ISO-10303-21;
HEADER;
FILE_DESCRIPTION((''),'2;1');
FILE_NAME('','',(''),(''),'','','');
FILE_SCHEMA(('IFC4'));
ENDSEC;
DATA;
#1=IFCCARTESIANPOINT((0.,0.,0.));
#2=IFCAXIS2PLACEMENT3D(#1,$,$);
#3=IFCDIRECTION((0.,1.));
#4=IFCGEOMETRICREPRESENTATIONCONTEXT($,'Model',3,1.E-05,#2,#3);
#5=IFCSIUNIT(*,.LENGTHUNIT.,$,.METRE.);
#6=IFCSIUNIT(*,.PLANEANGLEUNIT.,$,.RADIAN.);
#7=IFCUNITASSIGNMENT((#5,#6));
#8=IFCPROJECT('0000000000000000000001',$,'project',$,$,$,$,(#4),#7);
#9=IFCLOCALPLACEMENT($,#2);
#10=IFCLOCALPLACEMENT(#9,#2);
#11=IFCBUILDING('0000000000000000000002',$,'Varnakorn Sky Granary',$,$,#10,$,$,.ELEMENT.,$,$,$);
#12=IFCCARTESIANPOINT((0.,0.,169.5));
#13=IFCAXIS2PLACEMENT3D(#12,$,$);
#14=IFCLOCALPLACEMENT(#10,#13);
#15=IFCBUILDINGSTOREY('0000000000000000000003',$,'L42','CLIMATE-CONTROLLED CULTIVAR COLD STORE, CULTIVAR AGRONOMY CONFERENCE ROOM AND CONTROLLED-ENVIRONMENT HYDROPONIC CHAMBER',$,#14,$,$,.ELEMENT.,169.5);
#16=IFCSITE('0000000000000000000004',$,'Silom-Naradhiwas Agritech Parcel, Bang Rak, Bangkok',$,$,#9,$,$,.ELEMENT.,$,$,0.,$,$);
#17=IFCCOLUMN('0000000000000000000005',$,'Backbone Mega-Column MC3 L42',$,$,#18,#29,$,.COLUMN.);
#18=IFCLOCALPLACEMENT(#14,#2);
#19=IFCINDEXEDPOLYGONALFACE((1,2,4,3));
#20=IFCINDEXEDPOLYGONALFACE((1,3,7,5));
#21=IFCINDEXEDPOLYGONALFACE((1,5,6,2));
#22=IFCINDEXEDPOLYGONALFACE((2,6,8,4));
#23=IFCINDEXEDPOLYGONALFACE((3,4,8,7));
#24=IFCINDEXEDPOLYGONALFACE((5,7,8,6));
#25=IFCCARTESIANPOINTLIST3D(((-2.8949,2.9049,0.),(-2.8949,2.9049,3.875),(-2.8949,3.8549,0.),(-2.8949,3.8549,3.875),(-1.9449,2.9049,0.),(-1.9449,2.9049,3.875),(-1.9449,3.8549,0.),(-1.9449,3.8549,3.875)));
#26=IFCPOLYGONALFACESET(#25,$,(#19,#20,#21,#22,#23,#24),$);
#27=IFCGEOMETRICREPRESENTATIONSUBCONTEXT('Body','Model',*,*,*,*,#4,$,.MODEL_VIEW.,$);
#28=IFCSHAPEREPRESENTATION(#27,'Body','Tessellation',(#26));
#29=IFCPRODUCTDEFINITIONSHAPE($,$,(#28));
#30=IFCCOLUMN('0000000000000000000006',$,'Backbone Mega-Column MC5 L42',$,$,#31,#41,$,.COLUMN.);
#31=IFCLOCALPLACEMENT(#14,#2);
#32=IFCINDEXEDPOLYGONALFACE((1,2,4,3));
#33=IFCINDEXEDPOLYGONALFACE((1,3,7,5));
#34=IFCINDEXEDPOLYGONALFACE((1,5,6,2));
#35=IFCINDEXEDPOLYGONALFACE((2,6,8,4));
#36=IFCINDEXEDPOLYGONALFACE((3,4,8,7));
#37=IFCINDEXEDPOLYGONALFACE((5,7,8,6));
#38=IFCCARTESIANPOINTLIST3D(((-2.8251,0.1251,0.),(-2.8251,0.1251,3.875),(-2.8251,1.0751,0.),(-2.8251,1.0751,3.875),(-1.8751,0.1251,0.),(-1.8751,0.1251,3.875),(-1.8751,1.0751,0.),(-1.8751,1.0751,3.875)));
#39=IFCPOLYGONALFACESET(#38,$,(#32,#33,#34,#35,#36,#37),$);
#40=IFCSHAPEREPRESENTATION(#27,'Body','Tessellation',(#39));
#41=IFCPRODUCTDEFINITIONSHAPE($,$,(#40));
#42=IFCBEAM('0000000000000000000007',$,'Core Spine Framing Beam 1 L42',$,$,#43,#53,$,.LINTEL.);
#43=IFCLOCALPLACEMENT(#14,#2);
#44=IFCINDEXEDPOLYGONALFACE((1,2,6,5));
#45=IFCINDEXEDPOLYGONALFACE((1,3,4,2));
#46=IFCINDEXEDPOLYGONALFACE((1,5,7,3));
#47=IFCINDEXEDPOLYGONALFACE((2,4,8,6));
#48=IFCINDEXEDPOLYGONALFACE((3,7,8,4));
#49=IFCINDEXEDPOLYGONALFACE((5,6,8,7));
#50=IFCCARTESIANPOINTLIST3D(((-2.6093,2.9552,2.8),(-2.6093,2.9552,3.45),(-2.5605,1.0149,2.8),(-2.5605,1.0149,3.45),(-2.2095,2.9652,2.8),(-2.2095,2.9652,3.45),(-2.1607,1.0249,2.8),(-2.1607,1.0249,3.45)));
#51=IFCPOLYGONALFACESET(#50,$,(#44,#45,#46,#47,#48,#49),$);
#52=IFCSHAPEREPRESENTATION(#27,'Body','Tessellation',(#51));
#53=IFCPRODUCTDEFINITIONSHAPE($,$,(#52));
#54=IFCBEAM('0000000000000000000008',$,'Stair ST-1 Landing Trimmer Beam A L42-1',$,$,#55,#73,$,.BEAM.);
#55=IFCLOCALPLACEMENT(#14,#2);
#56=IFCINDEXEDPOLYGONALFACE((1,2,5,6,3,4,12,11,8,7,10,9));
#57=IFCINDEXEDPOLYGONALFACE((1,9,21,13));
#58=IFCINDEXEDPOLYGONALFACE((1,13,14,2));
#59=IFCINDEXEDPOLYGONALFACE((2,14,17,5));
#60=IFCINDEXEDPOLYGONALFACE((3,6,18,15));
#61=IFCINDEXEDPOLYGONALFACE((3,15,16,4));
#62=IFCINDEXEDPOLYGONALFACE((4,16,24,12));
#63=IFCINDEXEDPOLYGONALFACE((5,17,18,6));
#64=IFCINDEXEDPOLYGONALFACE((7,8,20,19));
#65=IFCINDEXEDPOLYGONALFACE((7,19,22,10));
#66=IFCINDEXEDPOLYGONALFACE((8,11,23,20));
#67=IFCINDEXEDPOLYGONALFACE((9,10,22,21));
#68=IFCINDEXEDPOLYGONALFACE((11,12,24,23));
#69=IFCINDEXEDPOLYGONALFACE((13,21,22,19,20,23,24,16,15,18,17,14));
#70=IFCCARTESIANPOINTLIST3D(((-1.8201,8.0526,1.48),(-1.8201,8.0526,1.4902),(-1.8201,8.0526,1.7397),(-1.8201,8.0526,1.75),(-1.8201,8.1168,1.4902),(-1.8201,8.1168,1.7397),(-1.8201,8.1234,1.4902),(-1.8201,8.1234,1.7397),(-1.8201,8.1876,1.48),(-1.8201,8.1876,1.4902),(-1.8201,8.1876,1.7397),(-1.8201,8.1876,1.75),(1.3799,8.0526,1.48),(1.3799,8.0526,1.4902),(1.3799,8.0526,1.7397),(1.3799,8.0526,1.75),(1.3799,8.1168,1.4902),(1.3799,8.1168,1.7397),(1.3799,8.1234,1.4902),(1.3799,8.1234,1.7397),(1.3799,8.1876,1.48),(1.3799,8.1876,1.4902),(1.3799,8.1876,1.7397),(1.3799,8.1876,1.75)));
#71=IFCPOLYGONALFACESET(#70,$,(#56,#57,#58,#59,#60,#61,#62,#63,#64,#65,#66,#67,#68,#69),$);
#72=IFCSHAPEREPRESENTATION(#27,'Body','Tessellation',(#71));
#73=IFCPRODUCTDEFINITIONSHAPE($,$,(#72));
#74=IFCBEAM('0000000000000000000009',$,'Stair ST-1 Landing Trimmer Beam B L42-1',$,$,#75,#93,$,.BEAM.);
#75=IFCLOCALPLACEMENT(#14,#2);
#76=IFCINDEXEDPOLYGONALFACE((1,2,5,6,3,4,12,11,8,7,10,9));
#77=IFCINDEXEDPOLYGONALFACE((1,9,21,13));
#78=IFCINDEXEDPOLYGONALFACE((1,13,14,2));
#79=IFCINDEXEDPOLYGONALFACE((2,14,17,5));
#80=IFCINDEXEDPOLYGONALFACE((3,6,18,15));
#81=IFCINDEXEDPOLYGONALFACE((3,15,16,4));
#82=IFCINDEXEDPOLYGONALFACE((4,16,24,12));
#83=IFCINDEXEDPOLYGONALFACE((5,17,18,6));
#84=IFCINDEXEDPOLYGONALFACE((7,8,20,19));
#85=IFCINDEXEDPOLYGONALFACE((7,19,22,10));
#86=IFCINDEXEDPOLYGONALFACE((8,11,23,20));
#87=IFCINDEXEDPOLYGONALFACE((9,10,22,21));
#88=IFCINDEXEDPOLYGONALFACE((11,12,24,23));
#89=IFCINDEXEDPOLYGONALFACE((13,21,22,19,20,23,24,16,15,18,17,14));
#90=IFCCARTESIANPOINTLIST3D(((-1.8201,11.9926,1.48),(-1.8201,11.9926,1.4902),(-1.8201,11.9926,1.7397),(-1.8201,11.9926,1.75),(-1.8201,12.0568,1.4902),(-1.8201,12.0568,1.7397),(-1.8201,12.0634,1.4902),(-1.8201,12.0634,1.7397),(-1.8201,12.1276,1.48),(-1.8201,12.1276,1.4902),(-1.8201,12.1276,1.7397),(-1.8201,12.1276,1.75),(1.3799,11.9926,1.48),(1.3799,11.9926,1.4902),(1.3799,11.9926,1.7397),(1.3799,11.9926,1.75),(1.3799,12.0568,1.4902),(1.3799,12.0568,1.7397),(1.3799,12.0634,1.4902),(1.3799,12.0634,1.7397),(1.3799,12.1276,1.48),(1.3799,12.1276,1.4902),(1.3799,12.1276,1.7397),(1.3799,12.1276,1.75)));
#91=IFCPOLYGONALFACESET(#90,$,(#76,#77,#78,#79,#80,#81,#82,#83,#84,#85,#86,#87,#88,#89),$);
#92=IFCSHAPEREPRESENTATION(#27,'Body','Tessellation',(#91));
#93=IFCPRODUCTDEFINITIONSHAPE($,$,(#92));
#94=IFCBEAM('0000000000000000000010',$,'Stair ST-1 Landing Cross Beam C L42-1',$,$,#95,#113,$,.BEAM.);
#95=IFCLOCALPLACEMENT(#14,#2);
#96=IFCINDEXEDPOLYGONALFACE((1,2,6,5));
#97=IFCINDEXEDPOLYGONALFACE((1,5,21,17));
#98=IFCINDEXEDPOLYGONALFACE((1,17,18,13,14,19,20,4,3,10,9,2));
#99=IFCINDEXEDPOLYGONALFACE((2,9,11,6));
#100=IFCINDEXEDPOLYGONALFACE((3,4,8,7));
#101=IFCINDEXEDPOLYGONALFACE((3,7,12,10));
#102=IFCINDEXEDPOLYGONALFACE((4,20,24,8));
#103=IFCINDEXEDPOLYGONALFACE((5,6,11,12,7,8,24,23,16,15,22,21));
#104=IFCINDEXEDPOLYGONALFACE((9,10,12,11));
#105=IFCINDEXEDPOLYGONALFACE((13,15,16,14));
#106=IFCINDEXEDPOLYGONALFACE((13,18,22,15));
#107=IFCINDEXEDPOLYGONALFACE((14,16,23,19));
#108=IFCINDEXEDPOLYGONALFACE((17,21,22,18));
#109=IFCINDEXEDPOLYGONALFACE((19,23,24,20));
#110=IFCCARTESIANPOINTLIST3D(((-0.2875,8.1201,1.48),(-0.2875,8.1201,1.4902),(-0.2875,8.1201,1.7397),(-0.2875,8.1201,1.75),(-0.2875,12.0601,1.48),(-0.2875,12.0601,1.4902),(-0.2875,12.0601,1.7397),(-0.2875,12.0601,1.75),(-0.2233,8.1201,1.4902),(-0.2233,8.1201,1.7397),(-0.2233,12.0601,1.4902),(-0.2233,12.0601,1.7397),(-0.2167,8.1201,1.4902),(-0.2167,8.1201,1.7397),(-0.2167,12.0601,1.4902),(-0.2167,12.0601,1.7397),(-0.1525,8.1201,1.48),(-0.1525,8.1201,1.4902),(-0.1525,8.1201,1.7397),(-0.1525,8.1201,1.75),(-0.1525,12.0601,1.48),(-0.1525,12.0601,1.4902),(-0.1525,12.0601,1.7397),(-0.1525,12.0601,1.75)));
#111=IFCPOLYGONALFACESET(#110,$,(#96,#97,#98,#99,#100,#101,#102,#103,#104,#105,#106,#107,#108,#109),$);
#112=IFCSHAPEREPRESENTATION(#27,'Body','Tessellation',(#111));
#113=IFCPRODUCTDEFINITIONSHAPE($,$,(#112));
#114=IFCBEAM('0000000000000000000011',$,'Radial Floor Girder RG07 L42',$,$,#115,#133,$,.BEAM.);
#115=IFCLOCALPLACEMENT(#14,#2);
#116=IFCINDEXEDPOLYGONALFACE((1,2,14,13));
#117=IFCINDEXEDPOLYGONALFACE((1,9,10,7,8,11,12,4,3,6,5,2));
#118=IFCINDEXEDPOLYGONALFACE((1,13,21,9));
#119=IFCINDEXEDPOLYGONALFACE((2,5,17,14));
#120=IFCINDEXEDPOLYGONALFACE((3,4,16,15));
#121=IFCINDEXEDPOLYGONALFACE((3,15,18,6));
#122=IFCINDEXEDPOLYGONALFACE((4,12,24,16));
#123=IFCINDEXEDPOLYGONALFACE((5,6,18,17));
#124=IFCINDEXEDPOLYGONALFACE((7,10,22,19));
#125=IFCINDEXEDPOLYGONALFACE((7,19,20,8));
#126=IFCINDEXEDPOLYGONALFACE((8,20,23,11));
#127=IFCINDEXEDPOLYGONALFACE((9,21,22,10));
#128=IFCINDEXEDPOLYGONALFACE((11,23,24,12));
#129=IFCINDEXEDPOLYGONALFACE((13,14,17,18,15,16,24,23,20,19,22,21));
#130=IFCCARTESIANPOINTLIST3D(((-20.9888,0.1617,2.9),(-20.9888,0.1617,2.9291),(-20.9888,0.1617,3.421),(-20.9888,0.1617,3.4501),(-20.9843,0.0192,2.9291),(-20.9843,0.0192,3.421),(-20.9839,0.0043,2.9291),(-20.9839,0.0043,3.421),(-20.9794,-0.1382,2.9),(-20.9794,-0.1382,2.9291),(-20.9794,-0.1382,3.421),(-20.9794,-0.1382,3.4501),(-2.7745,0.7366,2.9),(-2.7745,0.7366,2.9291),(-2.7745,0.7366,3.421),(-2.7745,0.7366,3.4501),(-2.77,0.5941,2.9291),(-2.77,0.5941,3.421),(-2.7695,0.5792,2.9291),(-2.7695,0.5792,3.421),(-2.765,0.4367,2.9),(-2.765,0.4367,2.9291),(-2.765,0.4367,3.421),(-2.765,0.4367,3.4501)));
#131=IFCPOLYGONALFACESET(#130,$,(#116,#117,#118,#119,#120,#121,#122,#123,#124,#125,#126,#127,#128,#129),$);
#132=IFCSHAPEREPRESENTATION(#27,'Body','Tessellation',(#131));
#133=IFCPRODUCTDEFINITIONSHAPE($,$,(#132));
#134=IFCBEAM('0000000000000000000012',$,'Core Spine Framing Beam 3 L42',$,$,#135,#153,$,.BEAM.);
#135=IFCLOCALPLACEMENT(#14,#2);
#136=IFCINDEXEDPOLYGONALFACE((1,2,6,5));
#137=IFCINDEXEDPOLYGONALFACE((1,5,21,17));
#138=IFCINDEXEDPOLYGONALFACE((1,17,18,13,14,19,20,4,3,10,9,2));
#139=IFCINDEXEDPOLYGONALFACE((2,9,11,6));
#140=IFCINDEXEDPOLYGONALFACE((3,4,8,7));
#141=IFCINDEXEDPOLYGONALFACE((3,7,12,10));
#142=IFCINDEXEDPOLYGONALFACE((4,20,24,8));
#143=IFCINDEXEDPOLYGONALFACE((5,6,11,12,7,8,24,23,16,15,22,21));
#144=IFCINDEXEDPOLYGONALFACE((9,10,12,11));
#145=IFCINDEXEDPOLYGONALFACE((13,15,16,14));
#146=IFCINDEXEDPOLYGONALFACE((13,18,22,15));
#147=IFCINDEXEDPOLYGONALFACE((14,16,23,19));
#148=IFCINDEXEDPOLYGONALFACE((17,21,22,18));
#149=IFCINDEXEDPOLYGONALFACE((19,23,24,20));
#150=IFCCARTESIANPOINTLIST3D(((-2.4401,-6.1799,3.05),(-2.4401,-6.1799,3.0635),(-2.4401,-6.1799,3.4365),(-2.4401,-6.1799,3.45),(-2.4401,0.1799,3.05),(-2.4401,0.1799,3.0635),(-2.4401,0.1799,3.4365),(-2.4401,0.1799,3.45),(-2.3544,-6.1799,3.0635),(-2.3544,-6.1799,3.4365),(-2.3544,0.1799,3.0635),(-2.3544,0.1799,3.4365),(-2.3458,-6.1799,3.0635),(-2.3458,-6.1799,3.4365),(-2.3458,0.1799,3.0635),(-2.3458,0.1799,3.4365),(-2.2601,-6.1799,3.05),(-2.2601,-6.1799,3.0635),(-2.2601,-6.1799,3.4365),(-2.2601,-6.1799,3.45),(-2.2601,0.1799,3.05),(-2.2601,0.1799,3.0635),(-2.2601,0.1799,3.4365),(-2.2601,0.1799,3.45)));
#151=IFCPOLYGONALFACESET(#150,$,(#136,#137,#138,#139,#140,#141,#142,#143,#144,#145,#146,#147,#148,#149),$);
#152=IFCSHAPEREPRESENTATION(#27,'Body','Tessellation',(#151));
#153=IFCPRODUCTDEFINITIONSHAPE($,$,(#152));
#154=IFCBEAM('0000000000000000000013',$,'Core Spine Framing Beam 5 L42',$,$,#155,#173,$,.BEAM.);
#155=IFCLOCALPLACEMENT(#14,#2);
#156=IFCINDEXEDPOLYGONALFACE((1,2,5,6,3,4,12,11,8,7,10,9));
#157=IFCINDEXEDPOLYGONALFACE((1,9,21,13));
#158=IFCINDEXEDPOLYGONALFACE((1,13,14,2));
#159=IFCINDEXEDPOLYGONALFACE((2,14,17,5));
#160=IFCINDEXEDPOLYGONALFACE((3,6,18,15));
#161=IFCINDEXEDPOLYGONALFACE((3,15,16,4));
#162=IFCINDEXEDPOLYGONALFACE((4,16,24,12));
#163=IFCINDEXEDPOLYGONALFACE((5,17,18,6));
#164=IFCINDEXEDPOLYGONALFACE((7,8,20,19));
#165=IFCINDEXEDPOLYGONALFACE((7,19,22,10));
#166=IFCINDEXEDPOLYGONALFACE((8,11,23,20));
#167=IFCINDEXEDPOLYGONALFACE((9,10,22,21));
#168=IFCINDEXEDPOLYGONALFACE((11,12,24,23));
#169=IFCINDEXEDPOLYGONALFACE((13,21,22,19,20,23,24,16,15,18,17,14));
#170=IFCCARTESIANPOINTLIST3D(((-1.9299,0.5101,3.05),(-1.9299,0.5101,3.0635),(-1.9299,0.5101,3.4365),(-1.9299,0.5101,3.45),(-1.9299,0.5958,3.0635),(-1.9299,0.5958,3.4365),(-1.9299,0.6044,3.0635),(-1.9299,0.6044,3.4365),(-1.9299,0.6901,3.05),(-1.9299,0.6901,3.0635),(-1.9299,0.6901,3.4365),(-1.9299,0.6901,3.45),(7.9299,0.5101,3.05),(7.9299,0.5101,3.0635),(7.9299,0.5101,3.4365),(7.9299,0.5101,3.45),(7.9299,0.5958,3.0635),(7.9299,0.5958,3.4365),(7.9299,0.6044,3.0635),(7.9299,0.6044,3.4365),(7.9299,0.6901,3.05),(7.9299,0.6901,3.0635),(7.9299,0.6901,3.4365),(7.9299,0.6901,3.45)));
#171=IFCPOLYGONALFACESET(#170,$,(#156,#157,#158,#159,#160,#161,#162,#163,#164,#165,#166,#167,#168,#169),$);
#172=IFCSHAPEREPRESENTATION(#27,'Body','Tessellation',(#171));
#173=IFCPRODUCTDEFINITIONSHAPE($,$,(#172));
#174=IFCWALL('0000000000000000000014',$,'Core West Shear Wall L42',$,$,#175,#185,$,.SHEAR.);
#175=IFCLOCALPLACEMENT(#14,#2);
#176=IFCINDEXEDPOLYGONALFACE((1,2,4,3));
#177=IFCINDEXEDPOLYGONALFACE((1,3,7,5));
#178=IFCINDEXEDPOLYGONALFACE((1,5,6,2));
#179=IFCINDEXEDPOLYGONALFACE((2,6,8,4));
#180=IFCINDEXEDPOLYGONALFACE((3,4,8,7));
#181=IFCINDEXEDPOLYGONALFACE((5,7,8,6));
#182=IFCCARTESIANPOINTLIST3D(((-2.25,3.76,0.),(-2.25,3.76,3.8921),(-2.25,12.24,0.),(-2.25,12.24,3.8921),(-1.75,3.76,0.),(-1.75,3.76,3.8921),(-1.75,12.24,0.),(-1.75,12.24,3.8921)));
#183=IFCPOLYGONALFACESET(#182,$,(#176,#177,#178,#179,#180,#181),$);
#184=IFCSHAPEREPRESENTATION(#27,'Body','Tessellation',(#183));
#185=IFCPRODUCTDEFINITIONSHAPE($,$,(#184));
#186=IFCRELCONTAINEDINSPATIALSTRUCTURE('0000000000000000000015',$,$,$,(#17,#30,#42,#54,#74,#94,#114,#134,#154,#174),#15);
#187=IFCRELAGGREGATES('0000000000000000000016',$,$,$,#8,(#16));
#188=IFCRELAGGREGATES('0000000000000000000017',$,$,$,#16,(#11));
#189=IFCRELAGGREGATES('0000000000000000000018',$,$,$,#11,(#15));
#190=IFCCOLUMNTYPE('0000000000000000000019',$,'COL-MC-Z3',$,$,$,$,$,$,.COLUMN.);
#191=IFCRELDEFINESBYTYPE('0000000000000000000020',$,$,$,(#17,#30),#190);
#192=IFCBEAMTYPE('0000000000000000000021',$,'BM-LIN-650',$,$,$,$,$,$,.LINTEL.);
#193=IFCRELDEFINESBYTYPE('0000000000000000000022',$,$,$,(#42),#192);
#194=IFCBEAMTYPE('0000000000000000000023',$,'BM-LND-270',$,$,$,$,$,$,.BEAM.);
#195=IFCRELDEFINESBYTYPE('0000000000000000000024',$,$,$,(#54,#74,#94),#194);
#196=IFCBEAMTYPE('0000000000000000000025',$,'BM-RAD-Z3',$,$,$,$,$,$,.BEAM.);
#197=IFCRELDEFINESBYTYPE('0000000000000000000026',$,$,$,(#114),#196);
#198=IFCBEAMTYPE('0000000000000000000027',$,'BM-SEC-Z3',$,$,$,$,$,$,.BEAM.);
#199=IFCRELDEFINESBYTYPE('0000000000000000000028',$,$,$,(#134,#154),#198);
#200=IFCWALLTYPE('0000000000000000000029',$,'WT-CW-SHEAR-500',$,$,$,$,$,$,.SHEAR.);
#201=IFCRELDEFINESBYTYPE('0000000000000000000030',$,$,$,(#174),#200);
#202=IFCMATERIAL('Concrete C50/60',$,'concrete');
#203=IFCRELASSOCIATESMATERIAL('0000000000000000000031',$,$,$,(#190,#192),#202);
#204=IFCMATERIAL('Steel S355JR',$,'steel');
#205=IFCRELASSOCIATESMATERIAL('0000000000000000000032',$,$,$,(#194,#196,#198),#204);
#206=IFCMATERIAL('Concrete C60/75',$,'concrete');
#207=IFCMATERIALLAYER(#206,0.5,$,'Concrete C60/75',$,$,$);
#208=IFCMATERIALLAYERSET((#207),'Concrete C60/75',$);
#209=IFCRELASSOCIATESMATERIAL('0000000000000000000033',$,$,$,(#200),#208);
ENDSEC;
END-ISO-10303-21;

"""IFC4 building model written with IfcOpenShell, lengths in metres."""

from ifc_helpers import new_model, si_unit, direction, frame, frame_2d, origin, origin_2d, place, context, subcontext, project, spatial, rectangle, i_section, extrude, material, layer, layer_set, material_profile, profile_set, type_object, element, save


model = new_model("IFC4")

# Units and contexts
model_context = context("Model", 3, precision=1e-05, world=origin(), true_north=direction((0.0, 1.0)))
body_context = subcontext(model_context, "Body", "Model", "MODEL_VIEW")
ifc_project = project(units=[si_unit("LENGTHUNIT", "METRE"), si_unit("PLANEANGLEUNIT", "RADIAN")], contexts=[model_context])

# Site, building, storey
site_placement = place(None, origin())
site = spatial("IfcSite", under=ifc_project, at=site_placement, Name="Silom-Naradhiwas Agritech Parcel, Bang Rak, Bangkok", CompositionType="ELEMENT", RefElevation=0.0)
building_placement = place(site_placement, origin())
building = spatial("IfcBuilding", under=site, at=building_placement, Name="Varnakorn Sky Granary", CompositionType="ELEMENT")
storey_placement = place(building_placement, frame((0.0, 0.0, 169.5)))
storey = spatial("IfcBuildingStorey", under=building, at=storey_placement, Name="L42", Description="CLIMATE-CONTROLLED CULTIVAR COLD STORE, CULTIVAR AGRONOMY CONFERENCE ROOM AND CONTROLLED-ENVIRONMENT HYDROPONIC CHAMBER", CompositionType="ELEMENT", Elevation=169.5)

# Columns
ifc_material_1 = material(Name="Concrete C50/60", Category="concrete")
ifc_material_profile_1 = material_profile(ifc_material_1, rectangle(XDim=0.95, YDim=0.95, at=origin_2d()), Name="RC 950x950")
ifc_profile_set_1 = profile_set([ifc_material_profile_1], Name="Concrete C50/60")
column_type = type_object("IfcColumnType", Name="COL-MC-Z3", PredefinedType="COLUMN", material=ifc_profile_set_1)
for number, where, z_axis, x_axis, name in (
    (1, (-2.4199, 3.3799, 0.0), (0.0, 0.0, 1.0), (1.0, 0.0, 0.0), "Backbone Mega-Column MC3 L42"),
    (2, (-2.3501, 0.6001, 0.0), (0.0, 0.0, 1.0), (1.0, 0.0, 0.0), "Backbone Mega-Column MC5 L42"),
):
    element("IfcColumn", number, at=place(storey_placement, frame(where, z_axis=z_axis, x_axis=x_axis)), inside=storey, type_object=column_type, Name=name, PredefinedType="COLUMN", context=body_context, shape_type="SweptSolid", body=[
        extrude(rectangle(XDim=0.95, YDim=0.95, at=origin_2d()), origin(), (0.0, 0.0, 1.0), 3.875),
    ])

# Beams
ifc_material_profile_2 = material_profile(ifc_material_1, rectangle(XDim=0.3999, YDim=0.6499, at=origin_2d()), Name="RC 400x650")
ifc_profile_set_2 = profile_set([ifc_material_profile_2], Name="Concrete C50/60")
beam_type_1 = type_object("IfcBeamType", Name="BM-LIN-650", PredefinedType="LINTEL", material=ifc_profile_set_2)
beam_1_placement = place(storey_placement, frame((-2.4094, 2.9602, 3.125), z_axis=(0.025159, -0.999683, 0.0), x_axis=(0.999683, 0.025159, 0.0)))
element("IfcBeam", 3, at=beam_1_placement, inside=storey, type_object=beam_type_1, Name="Core Spine Framing Beam 1 L42", PredefinedType="LINTEL", context=body_context, shape_type="SweptSolid", body=[
    extrude(rectangle(XDim=0.3999, YDim=0.6499, at=origin_2d()), origin(), (0.0, 0.0, 1.0), 1.9409),
])
ifc_material_2 = material(Name="Steel S355JR", Category="steel")
ifc_material_profile_3 = material_profile(ifc_material_2, i_section(OverallWidth=0.135, OverallDepth=0.27, WebThickness=0.0066, FlangeThickness=0.0103, at=origin_2d()), Name="IPE 270")
ifc_profile_set_3 = profile_set([ifc_material_profile_3], Name="Steel S355JR")
beam_type_2 = type_object("IfcBeamType", Name="BM-LND-270", PredefinedType="BEAM", material=ifc_profile_set_3)
for number, where, z_axis, x_axis, name in (
    (4, (-1.8201, 8.1201, 1.615), (1.0, 0.0, 0.0), (0.0, 1.0, 0.0), "Stair ST-1 Landing Trimmer Beam A L42-1"),
    (5, (-1.8201, 12.0601, 1.615), (1.0, 0.0, 0.0), (0.0, 1.0, 0.0), "Stair ST-1 Landing Trimmer Beam B L42-1"),
):
    element("IfcBeam", number, at=place(storey_placement, frame(where, z_axis=z_axis, x_axis=x_axis)), inside=storey, type_object=beam_type_2, Name=name, PredefinedType="BEAM", context=body_context, shape_type="SweptSolid", body=[
        extrude(i_section(OverallWidth=0.135, OverallDepth=0.27, WebThickness=0.0066, FlangeThickness=0.0103, at=origin_2d()), origin(), (0.0, 0.0, 1.0), 3.2),
    ])
beam_2_placement = place(storey_placement, frame((-0.22, 8.1201, 1.615), z_axis=(0.0, 1.0, 0.0), x_axis=(-1.0, 0.0, 0.0)))
element("IfcBeam", 6, at=beam_2_placement, inside=storey, type_object=beam_type_2, Name="Stair ST-1 Landing Cross Beam C L42-1", PredefinedType="BEAM", context=body_context, shape_type="SweptSolid", body=[
    extrude(i_section(OverallWidth=0.135, OverallDepth=0.27, WebThickness=0.0066, FlangeThickness=0.0103, at=origin_2d()), origin(), (0.0, 0.0, 1.0), 3.9399),
])
ifc_material_profile_4 = material_profile(ifc_material_2, i_section(OverallWidth=0.3, OverallDepth=0.55, WebThickness=0.0149, FlangeThickness=0.0291, at=origin_2d()), Name="HE 550 B")
ifc_profile_set_4 = profile_set([ifc_material_profile_4], Name="Steel S355JR")
beam_type_3 = type_object("IfcBeamType", Name="BM-RAD-Z3", PredefinedType="BEAM", material=ifc_profile_set_4)
beam_3_placement = place(storey_placement, frame((-2.7698, 0.5867, 3.175), z_axis=(-0.999502, -0.03155, 0.0), x_axis=(0.03155, -0.999502, 0.0)))
element("IfcBeam", 7, at=beam_3_placement, inside=storey, type_object=beam_type_3, Name="Radial Floor Girder RG07 L42", PredefinedType="BEAM", context=body_context, shape_type="SweptSolid", body=[
    extrude(i_section(OverallWidth=0.3, OverallDepth=0.55, WebThickness=0.0149, FlangeThickness=0.0291, at=origin_2d()), origin(), (0.0, 0.0, 1.0), 18.2234),
])
ifc_material_profile_5 = material_profile(ifc_material_2, i_section(OverallWidth=0.1799, OverallDepth=0.3999, WebThickness=0.0085, FlangeThickness=0.0134, at=origin_2d()), Name="IPE 400")
ifc_profile_set_5 = profile_set([ifc_material_profile_5], Name="Steel S355JR")
beam_type_4 = type_object("IfcBeamType", Name="BM-SEC-Z3", PredefinedType="BEAM", material=ifc_profile_set_5)
beam_4_placement = place(storey_placement, frame((-2.3501, 0.1799, 3.25), z_axis=(0.0, -1.0, 0.0), x_axis=(1.0, 0.0, 0.0)))
element("IfcBeam", 8, at=beam_4_placement, inside=storey, type_object=beam_type_4, Name="Core Spine Framing Beam 3 L42", PredefinedType="BEAM", context=body_context, shape_type="SweptSolid", body=[
    extrude(i_section(OverallWidth=0.1799, OverallDepth=0.3999, WebThickness=0.0085, FlangeThickness=0.0134, at=origin_2d()), origin(), (0.0, 0.0, 1.0), 6.3599),
])
beam_5_placement = place(storey_placement, frame((-1.9299, 0.6001, 3.25), z_axis=(1.0, 0.0, 0.0), x_axis=(0.0, 1.0, 0.0)))
element("IfcBeam", 9, at=beam_5_placement, inside=storey, type_object=beam_type_4, Name="Core Spine Framing Beam 5 L42", PredefinedType="BEAM", context=body_context, shape_type="SweptSolid", body=[
    extrude(i_section(OverallWidth=0.1799, OverallDepth=0.3999, WebThickness=0.0085, FlangeThickness=0.0134, at=origin_2d()), origin(), (0.0, 0.0, 1.0), 9.8599),
])

# Shared definitions
ifc_material_3 = material(Name="Concrete C60/75", Category="concrete")
ifc_layer_1 = layer(ifc_material_3, 0.5, Name="Concrete C60/75")
ifc_layer_set_1 = layer_set([ifc_layer_1], Name="Concrete C60/75")
wall_type_1 = type_object("IfcWallType", Name="WT-CW-SHEAR-500", PredefinedType="SHEAR", material=ifc_layer_set_1)

# Wall
wall_1_placement = place(storey_placement, frame((-2.0, 3.76, 0.0), z_axis=(0.0, 0.0, 1.0), x_axis=(0.0, 1.0, 0.0)))
element("IfcWall", 10, at=wall_1_placement, inside=storey, type_object=wall_type_1, Name="Core West Shear Wall L42", PredefinedType="SHEAR", context=body_context, shape_type="SweptSolid", body=[
    extrude(rectangle(XDim=8.48, YDim=0.5, at=frame_2d((4.24, 0.0))), origin(), (0.0, 0.0, 1.0), 3.8921),
])

save(model, "model.ifc")
